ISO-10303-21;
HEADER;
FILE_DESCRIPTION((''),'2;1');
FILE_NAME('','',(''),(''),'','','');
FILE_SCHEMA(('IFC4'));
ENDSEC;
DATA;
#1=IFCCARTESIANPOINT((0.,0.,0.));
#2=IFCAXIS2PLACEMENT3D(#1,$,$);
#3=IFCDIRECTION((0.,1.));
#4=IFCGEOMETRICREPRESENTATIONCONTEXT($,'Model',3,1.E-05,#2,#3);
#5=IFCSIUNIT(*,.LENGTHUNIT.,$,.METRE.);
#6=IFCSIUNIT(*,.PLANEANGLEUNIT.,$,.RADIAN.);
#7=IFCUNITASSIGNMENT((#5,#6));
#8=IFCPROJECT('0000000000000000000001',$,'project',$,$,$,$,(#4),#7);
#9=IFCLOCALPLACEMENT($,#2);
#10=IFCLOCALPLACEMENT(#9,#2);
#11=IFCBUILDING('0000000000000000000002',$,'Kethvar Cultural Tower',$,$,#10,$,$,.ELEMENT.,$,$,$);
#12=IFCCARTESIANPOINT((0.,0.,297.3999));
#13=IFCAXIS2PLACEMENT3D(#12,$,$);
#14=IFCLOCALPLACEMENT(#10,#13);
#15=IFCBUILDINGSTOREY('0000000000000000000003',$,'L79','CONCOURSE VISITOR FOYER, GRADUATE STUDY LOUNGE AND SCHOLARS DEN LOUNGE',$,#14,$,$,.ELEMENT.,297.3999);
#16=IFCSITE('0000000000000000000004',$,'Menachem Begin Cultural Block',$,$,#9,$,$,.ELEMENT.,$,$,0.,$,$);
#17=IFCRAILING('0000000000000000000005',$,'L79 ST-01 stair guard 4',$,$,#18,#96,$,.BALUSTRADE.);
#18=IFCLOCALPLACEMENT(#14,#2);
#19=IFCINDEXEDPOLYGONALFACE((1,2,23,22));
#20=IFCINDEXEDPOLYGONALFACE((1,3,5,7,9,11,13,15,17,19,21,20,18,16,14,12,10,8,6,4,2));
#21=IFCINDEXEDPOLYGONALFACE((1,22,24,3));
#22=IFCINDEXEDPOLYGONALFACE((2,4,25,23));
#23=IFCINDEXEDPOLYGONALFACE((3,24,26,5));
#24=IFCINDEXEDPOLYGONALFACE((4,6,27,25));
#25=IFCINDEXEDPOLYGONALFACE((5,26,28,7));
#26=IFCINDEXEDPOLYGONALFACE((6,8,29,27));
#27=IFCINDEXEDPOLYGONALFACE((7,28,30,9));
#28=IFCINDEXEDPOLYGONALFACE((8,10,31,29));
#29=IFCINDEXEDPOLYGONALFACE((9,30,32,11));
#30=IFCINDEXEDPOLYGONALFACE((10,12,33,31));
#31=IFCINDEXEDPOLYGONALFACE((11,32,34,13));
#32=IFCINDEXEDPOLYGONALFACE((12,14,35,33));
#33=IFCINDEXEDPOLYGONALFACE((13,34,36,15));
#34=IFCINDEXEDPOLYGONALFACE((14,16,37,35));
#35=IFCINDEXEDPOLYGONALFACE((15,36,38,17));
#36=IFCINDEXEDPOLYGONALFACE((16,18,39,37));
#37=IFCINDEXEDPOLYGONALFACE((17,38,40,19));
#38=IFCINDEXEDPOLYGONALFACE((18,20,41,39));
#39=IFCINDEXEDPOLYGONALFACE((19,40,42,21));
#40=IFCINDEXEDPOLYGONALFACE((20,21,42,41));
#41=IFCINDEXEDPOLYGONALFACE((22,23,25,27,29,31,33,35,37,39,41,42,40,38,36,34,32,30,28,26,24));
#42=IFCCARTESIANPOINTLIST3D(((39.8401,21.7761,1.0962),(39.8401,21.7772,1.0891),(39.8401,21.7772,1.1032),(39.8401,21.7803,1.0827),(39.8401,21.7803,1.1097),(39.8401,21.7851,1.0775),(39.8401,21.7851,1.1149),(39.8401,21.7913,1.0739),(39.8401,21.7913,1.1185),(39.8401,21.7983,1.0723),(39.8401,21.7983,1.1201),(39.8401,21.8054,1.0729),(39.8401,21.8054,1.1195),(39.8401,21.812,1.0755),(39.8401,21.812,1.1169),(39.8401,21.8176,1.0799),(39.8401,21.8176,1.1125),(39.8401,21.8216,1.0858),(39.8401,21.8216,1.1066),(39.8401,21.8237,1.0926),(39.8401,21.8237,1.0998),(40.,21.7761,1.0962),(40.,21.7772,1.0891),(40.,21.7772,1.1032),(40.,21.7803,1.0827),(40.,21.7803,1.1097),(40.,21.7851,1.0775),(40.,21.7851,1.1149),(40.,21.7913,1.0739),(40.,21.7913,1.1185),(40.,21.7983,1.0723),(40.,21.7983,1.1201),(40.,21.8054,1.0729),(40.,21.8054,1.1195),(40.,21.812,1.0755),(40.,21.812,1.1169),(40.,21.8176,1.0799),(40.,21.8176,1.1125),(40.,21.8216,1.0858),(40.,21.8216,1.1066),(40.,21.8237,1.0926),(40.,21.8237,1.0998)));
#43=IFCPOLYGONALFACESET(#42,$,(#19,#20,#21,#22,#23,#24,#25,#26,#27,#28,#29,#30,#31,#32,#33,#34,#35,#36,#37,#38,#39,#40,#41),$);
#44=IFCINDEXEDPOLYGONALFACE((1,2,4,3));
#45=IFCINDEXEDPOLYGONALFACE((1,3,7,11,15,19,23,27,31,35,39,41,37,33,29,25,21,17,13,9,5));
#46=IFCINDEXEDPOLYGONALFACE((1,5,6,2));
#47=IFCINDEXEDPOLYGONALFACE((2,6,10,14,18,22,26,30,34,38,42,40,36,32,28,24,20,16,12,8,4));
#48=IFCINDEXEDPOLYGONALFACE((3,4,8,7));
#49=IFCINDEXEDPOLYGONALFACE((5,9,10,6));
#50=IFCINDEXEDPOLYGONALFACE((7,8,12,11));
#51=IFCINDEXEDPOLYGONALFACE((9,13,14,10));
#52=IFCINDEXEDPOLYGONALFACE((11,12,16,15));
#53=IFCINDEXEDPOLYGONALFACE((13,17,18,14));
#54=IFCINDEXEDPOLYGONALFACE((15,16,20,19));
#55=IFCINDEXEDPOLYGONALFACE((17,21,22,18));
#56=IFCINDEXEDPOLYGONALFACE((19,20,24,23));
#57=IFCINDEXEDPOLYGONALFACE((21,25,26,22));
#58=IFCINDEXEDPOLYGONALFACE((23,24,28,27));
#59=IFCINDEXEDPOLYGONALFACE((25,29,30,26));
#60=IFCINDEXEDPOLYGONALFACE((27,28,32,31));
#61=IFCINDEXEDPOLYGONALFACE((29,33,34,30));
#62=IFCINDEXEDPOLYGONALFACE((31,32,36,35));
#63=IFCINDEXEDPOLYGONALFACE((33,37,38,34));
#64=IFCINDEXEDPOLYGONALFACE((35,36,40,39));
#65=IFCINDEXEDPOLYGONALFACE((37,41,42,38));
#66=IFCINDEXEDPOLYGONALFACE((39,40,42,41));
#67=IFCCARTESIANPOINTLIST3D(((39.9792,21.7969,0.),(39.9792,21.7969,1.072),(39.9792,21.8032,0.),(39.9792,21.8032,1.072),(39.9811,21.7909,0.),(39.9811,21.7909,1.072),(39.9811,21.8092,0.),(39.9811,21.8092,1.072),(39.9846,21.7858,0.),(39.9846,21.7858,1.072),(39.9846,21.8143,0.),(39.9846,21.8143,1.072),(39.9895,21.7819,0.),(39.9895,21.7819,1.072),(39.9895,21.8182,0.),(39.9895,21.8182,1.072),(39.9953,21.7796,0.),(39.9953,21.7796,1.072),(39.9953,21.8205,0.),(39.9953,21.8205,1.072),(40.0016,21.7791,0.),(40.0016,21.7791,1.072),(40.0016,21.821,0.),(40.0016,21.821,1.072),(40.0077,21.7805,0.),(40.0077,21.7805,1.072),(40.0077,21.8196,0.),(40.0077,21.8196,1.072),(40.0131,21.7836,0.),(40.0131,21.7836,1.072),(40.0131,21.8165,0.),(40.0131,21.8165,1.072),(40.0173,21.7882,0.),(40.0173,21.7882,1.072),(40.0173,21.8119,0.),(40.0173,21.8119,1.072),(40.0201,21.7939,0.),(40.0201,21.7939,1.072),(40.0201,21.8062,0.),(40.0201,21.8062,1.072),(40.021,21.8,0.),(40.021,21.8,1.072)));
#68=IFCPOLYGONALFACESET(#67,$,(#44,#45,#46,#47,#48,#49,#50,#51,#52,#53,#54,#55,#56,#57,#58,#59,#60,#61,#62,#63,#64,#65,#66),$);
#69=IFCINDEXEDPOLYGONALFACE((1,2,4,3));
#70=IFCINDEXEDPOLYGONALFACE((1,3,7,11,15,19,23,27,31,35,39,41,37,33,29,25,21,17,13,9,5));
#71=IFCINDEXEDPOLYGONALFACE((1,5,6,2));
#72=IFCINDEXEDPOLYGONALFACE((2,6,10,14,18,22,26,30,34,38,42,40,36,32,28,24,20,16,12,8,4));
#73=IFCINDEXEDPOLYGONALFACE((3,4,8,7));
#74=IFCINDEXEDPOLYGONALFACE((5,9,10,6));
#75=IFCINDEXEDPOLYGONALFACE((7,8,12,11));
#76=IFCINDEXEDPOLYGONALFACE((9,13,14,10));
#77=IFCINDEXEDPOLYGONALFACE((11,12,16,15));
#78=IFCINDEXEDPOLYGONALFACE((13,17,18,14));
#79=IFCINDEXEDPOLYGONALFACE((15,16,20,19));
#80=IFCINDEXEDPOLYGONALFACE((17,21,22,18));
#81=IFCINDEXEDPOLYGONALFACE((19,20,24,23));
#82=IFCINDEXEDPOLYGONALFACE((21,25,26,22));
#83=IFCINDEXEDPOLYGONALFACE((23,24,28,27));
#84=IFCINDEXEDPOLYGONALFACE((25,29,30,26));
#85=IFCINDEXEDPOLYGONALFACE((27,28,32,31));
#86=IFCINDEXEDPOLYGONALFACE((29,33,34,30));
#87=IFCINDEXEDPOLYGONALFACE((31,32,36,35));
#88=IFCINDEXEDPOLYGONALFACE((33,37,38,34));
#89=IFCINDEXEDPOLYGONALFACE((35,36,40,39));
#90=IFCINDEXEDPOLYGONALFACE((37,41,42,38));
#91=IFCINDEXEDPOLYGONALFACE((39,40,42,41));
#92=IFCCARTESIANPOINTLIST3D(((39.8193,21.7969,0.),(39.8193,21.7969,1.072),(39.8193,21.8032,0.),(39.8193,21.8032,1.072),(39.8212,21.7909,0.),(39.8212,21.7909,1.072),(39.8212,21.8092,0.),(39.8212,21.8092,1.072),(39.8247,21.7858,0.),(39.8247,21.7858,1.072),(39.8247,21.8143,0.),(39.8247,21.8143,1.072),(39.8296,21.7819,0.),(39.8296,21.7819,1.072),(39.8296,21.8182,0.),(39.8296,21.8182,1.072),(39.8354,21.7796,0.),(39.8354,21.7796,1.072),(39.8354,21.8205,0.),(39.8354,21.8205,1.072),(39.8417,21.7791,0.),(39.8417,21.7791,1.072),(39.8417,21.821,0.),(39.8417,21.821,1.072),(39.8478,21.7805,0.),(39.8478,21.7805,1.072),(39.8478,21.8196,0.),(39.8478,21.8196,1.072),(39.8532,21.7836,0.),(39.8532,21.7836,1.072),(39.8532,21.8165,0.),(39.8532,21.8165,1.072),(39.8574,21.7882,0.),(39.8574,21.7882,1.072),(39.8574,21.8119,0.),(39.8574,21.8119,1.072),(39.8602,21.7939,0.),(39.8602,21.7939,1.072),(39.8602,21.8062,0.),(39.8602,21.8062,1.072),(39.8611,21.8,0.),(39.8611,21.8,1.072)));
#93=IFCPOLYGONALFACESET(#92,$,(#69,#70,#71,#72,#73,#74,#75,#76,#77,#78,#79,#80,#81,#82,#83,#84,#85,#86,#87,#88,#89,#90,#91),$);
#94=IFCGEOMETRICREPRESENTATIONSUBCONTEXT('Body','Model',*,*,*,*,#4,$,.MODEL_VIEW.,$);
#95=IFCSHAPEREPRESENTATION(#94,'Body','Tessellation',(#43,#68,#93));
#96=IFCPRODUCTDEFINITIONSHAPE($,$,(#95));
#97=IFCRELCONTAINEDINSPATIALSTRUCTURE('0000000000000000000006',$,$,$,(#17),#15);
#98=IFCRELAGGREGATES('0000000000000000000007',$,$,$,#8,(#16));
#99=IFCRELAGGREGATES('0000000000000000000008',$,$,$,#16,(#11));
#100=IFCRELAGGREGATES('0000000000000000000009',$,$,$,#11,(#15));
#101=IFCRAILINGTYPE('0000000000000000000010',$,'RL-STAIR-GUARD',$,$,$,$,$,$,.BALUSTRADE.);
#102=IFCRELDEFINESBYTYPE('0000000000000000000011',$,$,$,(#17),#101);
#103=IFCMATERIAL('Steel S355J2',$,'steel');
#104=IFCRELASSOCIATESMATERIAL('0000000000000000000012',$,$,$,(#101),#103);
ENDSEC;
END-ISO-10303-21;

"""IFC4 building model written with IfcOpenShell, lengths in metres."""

from ifc_helpers import new_model, si_unit, direction, frame, origin, origin_2d, place, context, subcontext, project, spatial, circle, extrude, material, type_object, element, save


model = new_model("IFC4")

# Units and contexts
model_context = context("Model", 3, precision=1e-05, world=origin(), true_north=direction((0.0, 1.0)))
body_context = subcontext(model_context, "Body", "Model", "MODEL_VIEW")
ifc_project = project(units=[si_unit("LENGTHUNIT", "METRE"), si_unit("PLANEANGLEUNIT", "RADIAN")], contexts=[model_context])

# Site, building, storey
site_placement = place(None, origin())
site = spatial("IfcSite", under=ifc_project, at=site_placement, Name="Menachem Begin Cultural Block", CompositionType="ELEMENT", RefElevation=0.0)
building_placement = place(site_placement, origin())
building = spatial("IfcBuilding", under=site, at=building_placement, Name="Kethvar Cultural Tower", CompositionType="ELEMENT")
storey_placement = place(building_placement, frame((0.0, 0.0, 297.3999)))
storey = spatial("IfcBuildingStorey", under=building, at=storey_placement, Name="L79", Description="CONCOURSE VISITOR FOYER, GRADUATE STUDY LOUNGE AND SCHOLARS DEN LOUNGE", CompositionType="ELEMENT", Elevation=297.3999)

# Shared definitions
ifc_material_1 = material(Name="Steel S355J2", Category="steel")

# Railing
railing_type_1 = type_object("IfcRailingType", Name="RL-STAIR-GUARD", PredefinedType="BALUSTRADE", material=ifc_material_1)
railing_1_placement = place(storey_placement, frame((40.0, 21.8, 0.0)))
element("IfcRailing", 1, at=railing_1_placement, inside=storey, type_object=railing_type_1, Name="L79 ST-01 stair guard 4", PredefinedType="BALUSTRADE", context=body_context, shape_type="SweptSolid", body=[
    extrude(circle(Radius=0.0239, at=origin_2d()), frame((0.0, 0.0, 1.0962), z_axis=(-1.0, 0.0, 0.0), x_axis=(0.0, -1.0, 0.0)), (0.0, 0.0, 1.0), 0.1599),
    extrude(circle(Radius=0.021, at=origin_2d()), origin(), (0.0, 0.0, 1.0), 1.072),
    extrude(circle(Radius=0.021, at=origin_2d()), frame((-0.1599, 0.0, 0.0)), (0.0, 0.0, 1.0), 1.072),
])

save(model, "model.ifc")
